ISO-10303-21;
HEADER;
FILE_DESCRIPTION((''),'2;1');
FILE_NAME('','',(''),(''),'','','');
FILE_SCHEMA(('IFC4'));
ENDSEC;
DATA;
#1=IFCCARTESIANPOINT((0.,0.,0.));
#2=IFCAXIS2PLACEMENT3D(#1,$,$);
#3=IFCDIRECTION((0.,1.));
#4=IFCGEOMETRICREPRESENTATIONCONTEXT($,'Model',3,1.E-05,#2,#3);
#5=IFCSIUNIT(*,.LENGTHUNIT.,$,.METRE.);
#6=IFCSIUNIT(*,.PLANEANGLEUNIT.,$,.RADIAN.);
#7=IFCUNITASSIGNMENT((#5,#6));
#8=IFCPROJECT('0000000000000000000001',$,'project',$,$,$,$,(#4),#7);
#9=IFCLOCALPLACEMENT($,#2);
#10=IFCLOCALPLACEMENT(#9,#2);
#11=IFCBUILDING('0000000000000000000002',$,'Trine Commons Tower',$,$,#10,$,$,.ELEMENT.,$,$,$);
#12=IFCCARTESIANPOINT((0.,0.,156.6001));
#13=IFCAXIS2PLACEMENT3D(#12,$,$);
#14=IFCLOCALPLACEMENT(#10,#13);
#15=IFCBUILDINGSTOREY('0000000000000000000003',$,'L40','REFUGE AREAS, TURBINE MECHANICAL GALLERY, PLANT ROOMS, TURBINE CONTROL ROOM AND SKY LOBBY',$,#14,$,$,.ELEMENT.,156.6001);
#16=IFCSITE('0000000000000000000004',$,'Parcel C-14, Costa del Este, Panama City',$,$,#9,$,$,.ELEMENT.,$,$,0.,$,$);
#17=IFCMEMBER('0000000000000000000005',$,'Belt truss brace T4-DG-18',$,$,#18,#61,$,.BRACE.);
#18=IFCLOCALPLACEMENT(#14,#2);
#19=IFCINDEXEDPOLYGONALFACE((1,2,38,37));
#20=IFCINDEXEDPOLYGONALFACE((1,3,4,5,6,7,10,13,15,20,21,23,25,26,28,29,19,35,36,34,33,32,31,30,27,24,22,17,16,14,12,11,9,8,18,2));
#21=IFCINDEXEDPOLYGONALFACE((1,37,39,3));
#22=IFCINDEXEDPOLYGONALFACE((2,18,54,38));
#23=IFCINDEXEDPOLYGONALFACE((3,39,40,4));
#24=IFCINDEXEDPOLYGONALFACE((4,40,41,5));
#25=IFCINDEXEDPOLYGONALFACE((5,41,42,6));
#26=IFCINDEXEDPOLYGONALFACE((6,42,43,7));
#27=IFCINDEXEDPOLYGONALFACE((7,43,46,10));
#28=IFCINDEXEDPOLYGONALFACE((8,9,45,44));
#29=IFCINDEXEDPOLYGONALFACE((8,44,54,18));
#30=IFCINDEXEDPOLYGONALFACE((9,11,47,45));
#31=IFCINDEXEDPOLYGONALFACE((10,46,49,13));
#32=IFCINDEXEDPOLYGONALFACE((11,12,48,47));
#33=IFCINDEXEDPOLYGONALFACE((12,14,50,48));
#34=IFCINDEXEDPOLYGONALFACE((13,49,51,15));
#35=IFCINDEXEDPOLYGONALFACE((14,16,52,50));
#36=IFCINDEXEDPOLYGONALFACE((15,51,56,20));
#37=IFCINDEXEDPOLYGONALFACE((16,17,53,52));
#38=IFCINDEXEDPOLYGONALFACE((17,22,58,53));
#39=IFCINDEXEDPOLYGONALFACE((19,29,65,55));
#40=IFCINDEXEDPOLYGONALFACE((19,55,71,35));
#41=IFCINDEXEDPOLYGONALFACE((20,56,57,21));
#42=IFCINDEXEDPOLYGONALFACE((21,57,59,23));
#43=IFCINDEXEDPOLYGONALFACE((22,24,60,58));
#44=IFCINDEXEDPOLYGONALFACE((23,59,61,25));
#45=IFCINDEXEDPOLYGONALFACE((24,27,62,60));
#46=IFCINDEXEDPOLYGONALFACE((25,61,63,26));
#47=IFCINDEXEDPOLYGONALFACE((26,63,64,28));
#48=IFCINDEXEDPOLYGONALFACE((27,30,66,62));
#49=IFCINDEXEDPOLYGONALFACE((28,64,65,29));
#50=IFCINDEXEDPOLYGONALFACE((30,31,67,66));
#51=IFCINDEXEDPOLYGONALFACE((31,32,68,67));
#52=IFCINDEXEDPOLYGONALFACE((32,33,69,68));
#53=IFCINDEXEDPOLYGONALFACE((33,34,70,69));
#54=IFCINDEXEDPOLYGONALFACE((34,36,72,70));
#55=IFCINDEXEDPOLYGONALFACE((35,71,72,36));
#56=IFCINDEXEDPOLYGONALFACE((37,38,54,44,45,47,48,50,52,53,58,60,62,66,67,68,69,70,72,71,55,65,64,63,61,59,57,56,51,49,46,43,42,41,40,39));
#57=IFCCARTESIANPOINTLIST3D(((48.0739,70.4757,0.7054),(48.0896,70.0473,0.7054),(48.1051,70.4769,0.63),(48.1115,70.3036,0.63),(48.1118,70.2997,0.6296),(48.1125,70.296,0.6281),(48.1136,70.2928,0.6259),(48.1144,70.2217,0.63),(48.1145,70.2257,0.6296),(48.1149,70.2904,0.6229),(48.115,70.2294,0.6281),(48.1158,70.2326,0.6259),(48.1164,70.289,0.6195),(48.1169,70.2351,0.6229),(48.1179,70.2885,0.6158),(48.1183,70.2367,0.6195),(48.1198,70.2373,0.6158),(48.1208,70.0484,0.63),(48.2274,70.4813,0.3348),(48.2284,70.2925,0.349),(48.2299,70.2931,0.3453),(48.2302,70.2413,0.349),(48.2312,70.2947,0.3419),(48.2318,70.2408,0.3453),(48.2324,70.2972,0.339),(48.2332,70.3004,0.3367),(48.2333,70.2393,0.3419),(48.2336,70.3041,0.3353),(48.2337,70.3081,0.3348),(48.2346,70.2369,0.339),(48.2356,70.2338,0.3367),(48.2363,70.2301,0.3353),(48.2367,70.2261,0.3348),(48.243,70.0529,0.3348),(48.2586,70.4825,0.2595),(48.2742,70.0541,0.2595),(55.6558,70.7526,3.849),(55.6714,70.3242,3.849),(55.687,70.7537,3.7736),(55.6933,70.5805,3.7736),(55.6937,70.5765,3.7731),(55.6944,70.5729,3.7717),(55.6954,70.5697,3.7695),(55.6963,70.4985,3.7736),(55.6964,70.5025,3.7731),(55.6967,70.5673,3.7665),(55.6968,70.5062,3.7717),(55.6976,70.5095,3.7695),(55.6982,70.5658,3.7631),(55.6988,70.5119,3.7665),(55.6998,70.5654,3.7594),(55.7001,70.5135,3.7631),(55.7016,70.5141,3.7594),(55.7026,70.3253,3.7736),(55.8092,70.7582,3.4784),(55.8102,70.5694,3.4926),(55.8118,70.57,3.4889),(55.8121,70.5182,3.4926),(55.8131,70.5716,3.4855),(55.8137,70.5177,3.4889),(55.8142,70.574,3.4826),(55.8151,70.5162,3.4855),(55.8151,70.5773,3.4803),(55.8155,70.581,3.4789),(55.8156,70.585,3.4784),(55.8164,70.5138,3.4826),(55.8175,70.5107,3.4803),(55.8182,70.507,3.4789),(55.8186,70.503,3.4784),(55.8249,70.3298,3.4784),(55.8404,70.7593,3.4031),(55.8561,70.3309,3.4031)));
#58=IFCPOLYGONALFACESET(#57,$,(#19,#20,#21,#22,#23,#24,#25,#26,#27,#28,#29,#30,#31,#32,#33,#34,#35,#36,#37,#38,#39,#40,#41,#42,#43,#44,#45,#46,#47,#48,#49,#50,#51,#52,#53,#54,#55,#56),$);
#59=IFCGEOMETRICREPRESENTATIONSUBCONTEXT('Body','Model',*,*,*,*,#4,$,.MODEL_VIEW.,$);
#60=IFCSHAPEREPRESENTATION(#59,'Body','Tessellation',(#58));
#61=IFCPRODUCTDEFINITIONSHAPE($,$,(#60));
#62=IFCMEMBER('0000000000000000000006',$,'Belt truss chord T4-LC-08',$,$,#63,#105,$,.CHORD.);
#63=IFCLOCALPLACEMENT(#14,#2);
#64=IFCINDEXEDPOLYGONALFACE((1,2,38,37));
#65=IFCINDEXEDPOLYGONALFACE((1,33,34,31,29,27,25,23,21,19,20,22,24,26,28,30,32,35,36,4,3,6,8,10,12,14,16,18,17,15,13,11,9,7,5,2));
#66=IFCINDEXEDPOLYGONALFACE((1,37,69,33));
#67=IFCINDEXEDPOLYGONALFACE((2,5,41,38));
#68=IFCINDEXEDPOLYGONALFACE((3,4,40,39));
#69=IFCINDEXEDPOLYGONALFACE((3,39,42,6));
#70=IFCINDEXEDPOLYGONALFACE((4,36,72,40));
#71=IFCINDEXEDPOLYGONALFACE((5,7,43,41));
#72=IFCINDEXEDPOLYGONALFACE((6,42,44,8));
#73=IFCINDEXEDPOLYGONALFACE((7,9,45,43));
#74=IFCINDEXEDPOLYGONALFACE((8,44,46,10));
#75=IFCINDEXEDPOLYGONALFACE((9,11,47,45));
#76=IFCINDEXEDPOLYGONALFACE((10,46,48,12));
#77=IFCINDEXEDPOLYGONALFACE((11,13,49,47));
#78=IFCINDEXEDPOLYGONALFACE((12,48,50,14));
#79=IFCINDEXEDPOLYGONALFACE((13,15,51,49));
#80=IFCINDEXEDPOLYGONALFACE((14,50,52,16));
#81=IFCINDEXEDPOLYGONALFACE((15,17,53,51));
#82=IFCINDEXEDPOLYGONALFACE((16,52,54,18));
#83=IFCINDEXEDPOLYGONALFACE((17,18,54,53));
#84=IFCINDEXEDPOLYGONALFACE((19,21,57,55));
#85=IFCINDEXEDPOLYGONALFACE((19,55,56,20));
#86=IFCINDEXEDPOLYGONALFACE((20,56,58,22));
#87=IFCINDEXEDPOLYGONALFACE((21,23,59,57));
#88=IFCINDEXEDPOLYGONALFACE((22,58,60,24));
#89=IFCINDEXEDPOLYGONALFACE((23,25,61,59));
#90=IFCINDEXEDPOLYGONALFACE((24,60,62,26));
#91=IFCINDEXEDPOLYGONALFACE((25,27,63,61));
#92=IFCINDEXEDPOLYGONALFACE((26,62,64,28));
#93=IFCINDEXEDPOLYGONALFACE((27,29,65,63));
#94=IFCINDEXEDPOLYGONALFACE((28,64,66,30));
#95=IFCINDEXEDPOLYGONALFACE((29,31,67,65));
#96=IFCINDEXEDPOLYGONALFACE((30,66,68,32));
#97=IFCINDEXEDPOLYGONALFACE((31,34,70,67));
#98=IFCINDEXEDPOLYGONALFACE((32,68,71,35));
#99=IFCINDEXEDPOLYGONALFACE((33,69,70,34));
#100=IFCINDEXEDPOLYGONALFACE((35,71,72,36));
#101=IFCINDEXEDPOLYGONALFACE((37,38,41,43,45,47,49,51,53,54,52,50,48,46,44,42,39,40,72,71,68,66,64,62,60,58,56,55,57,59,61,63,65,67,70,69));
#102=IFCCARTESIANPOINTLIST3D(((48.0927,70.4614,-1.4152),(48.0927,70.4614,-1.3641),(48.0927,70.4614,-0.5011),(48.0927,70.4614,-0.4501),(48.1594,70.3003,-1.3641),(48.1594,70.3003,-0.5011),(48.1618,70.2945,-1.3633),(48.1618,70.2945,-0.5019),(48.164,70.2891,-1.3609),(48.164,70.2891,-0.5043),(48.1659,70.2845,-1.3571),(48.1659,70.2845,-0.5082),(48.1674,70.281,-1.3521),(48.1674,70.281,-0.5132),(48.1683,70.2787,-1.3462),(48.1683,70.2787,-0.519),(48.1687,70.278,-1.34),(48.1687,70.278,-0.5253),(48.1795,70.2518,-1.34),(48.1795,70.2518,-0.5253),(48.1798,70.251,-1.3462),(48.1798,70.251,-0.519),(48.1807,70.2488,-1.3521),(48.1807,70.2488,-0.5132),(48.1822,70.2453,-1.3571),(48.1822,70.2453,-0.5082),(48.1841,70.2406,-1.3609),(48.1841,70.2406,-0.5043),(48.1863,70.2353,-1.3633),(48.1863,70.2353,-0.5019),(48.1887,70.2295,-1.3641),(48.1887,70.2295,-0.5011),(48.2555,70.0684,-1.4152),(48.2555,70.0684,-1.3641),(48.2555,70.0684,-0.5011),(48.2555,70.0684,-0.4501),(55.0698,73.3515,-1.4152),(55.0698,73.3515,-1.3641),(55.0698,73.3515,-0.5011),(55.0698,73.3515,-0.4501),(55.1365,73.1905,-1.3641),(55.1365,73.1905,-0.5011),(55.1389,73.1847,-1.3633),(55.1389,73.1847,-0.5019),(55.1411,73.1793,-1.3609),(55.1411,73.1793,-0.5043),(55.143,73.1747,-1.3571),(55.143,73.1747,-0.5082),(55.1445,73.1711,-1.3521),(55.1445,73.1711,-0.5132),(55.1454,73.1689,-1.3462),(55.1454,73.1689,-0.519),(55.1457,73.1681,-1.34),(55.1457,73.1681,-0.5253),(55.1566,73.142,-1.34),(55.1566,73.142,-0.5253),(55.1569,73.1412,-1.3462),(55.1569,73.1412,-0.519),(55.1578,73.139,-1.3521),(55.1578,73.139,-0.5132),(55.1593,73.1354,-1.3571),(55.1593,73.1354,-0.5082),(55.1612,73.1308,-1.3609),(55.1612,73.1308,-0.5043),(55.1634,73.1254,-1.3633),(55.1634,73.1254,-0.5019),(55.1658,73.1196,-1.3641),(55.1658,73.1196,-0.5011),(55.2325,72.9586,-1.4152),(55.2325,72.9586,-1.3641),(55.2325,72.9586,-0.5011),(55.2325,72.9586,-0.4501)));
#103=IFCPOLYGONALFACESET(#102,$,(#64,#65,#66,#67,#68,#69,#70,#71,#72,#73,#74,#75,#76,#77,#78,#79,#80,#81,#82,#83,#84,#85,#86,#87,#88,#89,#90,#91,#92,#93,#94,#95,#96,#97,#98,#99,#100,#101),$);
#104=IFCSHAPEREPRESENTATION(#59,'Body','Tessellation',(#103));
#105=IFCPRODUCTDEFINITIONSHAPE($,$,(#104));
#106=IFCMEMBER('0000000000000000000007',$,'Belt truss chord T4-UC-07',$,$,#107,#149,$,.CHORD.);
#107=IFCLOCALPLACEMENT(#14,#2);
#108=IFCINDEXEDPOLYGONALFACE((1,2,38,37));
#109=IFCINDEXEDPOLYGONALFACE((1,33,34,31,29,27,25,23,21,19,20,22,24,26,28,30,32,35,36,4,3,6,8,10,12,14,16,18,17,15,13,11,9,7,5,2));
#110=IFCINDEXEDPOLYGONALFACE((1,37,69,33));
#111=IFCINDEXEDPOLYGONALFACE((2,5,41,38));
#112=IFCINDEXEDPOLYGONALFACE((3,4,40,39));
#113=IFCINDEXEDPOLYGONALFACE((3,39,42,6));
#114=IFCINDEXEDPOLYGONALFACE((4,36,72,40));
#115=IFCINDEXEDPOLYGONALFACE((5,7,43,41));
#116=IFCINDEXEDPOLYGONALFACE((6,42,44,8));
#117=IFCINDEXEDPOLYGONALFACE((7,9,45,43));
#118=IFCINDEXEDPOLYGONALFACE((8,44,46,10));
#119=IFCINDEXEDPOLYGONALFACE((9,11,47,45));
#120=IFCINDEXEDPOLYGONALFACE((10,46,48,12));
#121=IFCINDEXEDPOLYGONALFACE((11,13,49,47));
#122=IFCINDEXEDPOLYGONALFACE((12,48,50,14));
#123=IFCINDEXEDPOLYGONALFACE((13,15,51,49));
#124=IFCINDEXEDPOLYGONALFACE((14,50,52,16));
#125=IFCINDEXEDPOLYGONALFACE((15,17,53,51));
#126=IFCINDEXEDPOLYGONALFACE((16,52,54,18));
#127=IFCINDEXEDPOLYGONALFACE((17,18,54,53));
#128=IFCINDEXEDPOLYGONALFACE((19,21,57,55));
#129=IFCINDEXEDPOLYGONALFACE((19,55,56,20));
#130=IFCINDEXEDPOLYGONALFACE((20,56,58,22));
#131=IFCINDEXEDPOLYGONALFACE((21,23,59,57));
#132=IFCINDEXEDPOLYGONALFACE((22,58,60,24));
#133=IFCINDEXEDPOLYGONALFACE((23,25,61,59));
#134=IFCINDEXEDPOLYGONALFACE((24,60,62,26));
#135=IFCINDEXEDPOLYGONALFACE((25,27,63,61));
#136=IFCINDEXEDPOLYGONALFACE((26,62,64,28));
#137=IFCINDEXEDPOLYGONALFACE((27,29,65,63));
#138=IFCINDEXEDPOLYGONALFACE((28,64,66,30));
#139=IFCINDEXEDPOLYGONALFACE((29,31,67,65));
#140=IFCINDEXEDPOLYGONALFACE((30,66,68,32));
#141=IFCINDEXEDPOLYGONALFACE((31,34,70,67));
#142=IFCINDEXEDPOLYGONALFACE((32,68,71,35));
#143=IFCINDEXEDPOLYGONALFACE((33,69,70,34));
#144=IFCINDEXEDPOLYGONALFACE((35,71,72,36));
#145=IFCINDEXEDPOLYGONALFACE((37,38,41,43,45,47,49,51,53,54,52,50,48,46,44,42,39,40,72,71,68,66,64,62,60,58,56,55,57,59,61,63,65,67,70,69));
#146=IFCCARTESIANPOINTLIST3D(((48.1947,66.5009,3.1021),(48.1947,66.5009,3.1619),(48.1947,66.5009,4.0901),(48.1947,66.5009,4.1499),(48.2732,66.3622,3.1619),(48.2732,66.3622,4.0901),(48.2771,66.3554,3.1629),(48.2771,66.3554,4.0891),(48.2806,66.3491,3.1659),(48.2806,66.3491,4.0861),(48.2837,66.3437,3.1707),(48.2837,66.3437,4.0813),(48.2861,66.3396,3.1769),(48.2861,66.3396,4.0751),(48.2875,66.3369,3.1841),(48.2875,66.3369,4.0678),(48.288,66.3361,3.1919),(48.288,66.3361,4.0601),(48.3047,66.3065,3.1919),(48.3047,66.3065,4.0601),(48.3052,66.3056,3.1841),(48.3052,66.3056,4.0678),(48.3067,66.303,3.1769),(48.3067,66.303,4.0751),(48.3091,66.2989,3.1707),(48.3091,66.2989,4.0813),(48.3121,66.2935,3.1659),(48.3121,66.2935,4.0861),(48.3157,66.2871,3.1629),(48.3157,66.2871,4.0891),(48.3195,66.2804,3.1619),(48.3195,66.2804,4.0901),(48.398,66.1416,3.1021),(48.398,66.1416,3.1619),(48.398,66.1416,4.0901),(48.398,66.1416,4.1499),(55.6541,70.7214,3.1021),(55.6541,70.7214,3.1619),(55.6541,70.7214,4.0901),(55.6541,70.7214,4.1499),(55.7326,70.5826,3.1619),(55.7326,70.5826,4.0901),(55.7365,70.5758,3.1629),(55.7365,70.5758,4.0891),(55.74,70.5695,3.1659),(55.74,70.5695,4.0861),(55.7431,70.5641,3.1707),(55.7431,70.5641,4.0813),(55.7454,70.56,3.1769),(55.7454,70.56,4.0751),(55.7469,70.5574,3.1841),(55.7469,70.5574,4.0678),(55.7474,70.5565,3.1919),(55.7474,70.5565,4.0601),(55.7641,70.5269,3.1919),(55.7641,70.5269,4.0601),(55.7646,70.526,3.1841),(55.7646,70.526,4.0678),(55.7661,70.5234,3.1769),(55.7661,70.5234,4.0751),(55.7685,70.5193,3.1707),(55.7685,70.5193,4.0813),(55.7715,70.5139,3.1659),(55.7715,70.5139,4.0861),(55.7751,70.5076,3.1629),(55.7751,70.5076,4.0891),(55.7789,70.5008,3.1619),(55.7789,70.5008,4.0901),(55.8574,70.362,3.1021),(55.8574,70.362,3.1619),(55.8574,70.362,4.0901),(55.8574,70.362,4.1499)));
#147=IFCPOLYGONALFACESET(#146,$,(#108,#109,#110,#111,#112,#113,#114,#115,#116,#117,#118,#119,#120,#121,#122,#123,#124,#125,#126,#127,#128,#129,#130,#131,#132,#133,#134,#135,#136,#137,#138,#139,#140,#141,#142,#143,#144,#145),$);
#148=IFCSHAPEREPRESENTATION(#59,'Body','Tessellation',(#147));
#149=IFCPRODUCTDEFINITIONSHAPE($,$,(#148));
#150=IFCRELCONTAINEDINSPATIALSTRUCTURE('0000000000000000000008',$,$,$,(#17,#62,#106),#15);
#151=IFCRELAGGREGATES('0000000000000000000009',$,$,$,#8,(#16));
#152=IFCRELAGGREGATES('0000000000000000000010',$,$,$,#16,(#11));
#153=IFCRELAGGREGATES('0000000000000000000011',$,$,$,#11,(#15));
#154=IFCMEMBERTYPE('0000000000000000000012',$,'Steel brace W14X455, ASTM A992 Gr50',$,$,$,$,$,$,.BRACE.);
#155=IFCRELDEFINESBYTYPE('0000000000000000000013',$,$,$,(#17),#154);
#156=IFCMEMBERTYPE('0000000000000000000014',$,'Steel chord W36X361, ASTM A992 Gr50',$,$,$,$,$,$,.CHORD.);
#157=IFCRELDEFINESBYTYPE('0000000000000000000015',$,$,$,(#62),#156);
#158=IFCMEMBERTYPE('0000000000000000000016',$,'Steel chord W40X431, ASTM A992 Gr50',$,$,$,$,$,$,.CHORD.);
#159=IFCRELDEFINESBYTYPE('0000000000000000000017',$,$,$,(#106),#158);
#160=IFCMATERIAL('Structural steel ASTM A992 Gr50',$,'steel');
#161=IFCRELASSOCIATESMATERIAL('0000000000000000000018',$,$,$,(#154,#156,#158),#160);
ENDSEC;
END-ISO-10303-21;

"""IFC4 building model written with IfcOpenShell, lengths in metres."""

from ifc_helpers import new_model, si_unit, direction, frame, origin, origin_2d, place, context, subcontext, project, spatial, i_section, extrude, material, material_profile, profile_set, type_object, element, save


model = new_model("IFC4")

# Units and contexts
model_context = context("Model", 3, precision=1e-05, world=origin(), true_north=direction((0.0, 1.0)))
body_context = subcontext(model_context, "Body", "Model", "MODEL_VIEW")
ifc_project = project(units=[si_unit("LENGTHUNIT", "METRE"), si_unit("PLANEANGLEUNIT", "RADIAN")], contexts=[model_context])

# Site, building, storey
site_placement = place(None, origin())
site = spatial("IfcSite", under=ifc_project, at=site_placement, Name="Parcel C-14, Costa del Este, Panama City", CompositionType="ELEMENT", RefElevation=0.0)
building_placement = place(site_placement, origin())
building = spatial("IfcBuilding", under=site, at=building_placement, Name="Trine Commons Tower", CompositionType="ELEMENT")
storey_placement = place(building_placement, frame((0.0, 0.0, 156.6001)))
storey = spatial("IfcBuildingStorey", under=building, at=storey_placement, Name="L40", Description="REFUGE AREAS, TURBINE MECHANICAL GALLERY, PLANT ROOMS, TURBINE CONTROL ROOM AND SKY LOBBY", CompositionType="ELEMENT", Elevation=156.6001)

# Shared definitions
ifc_material_1 = material(Name="Structural steel ASTM A992 Gr50", Category="steel")

# Members
ifc_material_profile_1 = material_profile(ifc_material_1, i_section(OverallWidth=0.4287, OverallDepth=0.4827, WebThickness=0.0513, FlangeThickness=0.0815, FilletRadius=0.0154, at=origin_2d()), Name="W14X455")
ifc_profile_set_1 = profile_set([ifc_material_profile_1], Name="Structural steel ASTM A992 Gr50")
member_type_1 = type_object("IfcMemberType", Name="Steel brace W14X455, ASTM A992 Gr50", PredefinedType="BRACE", material=ifc_profile_set_1)
member_1_placement = place(storey_placement, frame((48.1741, 70.2649, 0.4824), z_axis=(0.923222, 0.033712, 0.382786), x_axis=(-0.036492, 0.999334, 0.0)))
element("IfcMember", 1, at=member_1_placement, inside=storey, type_object=member_type_1, Name="Belt truss brace T4-DG-18", PredefinedType="BRACE", context=body_context, shape_type="SweptSolid", body=[
    extrude(i_section(OverallWidth=0.4287, OverallDepth=0.4827, WebThickness=0.0513, FlangeThickness=0.0815, FilletRadius=0.0154, at=origin_2d()), origin(), (0.0, 0.0, 1.0), 8.2124),
])
ifc_material_profile_2 = material_profile(ifc_material_1, i_section(OverallWidth=0.4253, OverallDepth=0.9651, WebThickness=0.0283, FlangeThickness=0.051, FilletRadius=0.0242, at=origin_2d()), Name="W36X361")
ifc_profile_set_2 = profile_set([ifc_material_profile_2], Name="Structural steel ASTM A992 Gr50")
member_type_2 = type_object("IfcMemberType", Name="Steel chord W36X361, ASTM A992 Gr50", PredefinedType="CHORD", material=ifc_profile_set_2)
member_2_placement = place(storey_placement, frame((48.1741, 70.2649, -0.9326), z_axis=(0.923873, 0.3827, 0.0), x_axis=(-0.3827, 0.923873, 0.0)))
element("IfcMember", 2, at=member_2_placement, inside=storey, type_object=member_type_2, Name="Belt truss chord T4-LC-08", PredefinedType="CHORD", context=body_context, shape_type="SweptSolid", body=[
    extrude(i_section(OverallWidth=0.4253, OverallDepth=0.9651, WebThickness=0.0283, FlangeThickness=0.051, FilletRadius=0.0242, at=origin_2d()), origin(), (0.0, 0.0, 1.0), 7.552),
])
ifc_material_profile_3 = material_profile(ifc_material_1, i_section(OverallWidth=0.4128, OverallDepth=1.0479, WebThickness=0.0339, FlangeThickness=0.0598, FilletRadius=0.03, at=origin_2d()), Name="W40X431")
ifc_profile_set_3 = profile_set([ifc_material_profile_3], Name="Structural steel ASTM A992 Gr50")
member_type_3 = type_object("IfcMemberType", Name="Steel chord W40X431, ASTM A992 Gr50", PredefinedType="CHORD", material=ifc_profile_set_3)
member_3_placement = place(storey_placement, frame((48.2964, 66.3213, 3.626), z_axis=(0.870351, 0.492432, 0.0), x_axis=(-0.492432, 0.870351, 0.0)))
element("IfcMember", 3, at=member_3_placement, inside=storey, type_object=member_type_3, Name="Belt truss chord T4-UC-07", PredefinedType="CHORD", context=body_context, shape_type="SweptSolid", body=[
    extrude(i_section(OverallWidth=0.4128, OverallDepth=1.0479, WebThickness=0.0339, FlangeThickness=0.0598, FilletRadius=0.03, at=origin_2d()), origin(), (0.0, 0.0, 1.0), 8.5706),
])

save(model, "model.ifc")
